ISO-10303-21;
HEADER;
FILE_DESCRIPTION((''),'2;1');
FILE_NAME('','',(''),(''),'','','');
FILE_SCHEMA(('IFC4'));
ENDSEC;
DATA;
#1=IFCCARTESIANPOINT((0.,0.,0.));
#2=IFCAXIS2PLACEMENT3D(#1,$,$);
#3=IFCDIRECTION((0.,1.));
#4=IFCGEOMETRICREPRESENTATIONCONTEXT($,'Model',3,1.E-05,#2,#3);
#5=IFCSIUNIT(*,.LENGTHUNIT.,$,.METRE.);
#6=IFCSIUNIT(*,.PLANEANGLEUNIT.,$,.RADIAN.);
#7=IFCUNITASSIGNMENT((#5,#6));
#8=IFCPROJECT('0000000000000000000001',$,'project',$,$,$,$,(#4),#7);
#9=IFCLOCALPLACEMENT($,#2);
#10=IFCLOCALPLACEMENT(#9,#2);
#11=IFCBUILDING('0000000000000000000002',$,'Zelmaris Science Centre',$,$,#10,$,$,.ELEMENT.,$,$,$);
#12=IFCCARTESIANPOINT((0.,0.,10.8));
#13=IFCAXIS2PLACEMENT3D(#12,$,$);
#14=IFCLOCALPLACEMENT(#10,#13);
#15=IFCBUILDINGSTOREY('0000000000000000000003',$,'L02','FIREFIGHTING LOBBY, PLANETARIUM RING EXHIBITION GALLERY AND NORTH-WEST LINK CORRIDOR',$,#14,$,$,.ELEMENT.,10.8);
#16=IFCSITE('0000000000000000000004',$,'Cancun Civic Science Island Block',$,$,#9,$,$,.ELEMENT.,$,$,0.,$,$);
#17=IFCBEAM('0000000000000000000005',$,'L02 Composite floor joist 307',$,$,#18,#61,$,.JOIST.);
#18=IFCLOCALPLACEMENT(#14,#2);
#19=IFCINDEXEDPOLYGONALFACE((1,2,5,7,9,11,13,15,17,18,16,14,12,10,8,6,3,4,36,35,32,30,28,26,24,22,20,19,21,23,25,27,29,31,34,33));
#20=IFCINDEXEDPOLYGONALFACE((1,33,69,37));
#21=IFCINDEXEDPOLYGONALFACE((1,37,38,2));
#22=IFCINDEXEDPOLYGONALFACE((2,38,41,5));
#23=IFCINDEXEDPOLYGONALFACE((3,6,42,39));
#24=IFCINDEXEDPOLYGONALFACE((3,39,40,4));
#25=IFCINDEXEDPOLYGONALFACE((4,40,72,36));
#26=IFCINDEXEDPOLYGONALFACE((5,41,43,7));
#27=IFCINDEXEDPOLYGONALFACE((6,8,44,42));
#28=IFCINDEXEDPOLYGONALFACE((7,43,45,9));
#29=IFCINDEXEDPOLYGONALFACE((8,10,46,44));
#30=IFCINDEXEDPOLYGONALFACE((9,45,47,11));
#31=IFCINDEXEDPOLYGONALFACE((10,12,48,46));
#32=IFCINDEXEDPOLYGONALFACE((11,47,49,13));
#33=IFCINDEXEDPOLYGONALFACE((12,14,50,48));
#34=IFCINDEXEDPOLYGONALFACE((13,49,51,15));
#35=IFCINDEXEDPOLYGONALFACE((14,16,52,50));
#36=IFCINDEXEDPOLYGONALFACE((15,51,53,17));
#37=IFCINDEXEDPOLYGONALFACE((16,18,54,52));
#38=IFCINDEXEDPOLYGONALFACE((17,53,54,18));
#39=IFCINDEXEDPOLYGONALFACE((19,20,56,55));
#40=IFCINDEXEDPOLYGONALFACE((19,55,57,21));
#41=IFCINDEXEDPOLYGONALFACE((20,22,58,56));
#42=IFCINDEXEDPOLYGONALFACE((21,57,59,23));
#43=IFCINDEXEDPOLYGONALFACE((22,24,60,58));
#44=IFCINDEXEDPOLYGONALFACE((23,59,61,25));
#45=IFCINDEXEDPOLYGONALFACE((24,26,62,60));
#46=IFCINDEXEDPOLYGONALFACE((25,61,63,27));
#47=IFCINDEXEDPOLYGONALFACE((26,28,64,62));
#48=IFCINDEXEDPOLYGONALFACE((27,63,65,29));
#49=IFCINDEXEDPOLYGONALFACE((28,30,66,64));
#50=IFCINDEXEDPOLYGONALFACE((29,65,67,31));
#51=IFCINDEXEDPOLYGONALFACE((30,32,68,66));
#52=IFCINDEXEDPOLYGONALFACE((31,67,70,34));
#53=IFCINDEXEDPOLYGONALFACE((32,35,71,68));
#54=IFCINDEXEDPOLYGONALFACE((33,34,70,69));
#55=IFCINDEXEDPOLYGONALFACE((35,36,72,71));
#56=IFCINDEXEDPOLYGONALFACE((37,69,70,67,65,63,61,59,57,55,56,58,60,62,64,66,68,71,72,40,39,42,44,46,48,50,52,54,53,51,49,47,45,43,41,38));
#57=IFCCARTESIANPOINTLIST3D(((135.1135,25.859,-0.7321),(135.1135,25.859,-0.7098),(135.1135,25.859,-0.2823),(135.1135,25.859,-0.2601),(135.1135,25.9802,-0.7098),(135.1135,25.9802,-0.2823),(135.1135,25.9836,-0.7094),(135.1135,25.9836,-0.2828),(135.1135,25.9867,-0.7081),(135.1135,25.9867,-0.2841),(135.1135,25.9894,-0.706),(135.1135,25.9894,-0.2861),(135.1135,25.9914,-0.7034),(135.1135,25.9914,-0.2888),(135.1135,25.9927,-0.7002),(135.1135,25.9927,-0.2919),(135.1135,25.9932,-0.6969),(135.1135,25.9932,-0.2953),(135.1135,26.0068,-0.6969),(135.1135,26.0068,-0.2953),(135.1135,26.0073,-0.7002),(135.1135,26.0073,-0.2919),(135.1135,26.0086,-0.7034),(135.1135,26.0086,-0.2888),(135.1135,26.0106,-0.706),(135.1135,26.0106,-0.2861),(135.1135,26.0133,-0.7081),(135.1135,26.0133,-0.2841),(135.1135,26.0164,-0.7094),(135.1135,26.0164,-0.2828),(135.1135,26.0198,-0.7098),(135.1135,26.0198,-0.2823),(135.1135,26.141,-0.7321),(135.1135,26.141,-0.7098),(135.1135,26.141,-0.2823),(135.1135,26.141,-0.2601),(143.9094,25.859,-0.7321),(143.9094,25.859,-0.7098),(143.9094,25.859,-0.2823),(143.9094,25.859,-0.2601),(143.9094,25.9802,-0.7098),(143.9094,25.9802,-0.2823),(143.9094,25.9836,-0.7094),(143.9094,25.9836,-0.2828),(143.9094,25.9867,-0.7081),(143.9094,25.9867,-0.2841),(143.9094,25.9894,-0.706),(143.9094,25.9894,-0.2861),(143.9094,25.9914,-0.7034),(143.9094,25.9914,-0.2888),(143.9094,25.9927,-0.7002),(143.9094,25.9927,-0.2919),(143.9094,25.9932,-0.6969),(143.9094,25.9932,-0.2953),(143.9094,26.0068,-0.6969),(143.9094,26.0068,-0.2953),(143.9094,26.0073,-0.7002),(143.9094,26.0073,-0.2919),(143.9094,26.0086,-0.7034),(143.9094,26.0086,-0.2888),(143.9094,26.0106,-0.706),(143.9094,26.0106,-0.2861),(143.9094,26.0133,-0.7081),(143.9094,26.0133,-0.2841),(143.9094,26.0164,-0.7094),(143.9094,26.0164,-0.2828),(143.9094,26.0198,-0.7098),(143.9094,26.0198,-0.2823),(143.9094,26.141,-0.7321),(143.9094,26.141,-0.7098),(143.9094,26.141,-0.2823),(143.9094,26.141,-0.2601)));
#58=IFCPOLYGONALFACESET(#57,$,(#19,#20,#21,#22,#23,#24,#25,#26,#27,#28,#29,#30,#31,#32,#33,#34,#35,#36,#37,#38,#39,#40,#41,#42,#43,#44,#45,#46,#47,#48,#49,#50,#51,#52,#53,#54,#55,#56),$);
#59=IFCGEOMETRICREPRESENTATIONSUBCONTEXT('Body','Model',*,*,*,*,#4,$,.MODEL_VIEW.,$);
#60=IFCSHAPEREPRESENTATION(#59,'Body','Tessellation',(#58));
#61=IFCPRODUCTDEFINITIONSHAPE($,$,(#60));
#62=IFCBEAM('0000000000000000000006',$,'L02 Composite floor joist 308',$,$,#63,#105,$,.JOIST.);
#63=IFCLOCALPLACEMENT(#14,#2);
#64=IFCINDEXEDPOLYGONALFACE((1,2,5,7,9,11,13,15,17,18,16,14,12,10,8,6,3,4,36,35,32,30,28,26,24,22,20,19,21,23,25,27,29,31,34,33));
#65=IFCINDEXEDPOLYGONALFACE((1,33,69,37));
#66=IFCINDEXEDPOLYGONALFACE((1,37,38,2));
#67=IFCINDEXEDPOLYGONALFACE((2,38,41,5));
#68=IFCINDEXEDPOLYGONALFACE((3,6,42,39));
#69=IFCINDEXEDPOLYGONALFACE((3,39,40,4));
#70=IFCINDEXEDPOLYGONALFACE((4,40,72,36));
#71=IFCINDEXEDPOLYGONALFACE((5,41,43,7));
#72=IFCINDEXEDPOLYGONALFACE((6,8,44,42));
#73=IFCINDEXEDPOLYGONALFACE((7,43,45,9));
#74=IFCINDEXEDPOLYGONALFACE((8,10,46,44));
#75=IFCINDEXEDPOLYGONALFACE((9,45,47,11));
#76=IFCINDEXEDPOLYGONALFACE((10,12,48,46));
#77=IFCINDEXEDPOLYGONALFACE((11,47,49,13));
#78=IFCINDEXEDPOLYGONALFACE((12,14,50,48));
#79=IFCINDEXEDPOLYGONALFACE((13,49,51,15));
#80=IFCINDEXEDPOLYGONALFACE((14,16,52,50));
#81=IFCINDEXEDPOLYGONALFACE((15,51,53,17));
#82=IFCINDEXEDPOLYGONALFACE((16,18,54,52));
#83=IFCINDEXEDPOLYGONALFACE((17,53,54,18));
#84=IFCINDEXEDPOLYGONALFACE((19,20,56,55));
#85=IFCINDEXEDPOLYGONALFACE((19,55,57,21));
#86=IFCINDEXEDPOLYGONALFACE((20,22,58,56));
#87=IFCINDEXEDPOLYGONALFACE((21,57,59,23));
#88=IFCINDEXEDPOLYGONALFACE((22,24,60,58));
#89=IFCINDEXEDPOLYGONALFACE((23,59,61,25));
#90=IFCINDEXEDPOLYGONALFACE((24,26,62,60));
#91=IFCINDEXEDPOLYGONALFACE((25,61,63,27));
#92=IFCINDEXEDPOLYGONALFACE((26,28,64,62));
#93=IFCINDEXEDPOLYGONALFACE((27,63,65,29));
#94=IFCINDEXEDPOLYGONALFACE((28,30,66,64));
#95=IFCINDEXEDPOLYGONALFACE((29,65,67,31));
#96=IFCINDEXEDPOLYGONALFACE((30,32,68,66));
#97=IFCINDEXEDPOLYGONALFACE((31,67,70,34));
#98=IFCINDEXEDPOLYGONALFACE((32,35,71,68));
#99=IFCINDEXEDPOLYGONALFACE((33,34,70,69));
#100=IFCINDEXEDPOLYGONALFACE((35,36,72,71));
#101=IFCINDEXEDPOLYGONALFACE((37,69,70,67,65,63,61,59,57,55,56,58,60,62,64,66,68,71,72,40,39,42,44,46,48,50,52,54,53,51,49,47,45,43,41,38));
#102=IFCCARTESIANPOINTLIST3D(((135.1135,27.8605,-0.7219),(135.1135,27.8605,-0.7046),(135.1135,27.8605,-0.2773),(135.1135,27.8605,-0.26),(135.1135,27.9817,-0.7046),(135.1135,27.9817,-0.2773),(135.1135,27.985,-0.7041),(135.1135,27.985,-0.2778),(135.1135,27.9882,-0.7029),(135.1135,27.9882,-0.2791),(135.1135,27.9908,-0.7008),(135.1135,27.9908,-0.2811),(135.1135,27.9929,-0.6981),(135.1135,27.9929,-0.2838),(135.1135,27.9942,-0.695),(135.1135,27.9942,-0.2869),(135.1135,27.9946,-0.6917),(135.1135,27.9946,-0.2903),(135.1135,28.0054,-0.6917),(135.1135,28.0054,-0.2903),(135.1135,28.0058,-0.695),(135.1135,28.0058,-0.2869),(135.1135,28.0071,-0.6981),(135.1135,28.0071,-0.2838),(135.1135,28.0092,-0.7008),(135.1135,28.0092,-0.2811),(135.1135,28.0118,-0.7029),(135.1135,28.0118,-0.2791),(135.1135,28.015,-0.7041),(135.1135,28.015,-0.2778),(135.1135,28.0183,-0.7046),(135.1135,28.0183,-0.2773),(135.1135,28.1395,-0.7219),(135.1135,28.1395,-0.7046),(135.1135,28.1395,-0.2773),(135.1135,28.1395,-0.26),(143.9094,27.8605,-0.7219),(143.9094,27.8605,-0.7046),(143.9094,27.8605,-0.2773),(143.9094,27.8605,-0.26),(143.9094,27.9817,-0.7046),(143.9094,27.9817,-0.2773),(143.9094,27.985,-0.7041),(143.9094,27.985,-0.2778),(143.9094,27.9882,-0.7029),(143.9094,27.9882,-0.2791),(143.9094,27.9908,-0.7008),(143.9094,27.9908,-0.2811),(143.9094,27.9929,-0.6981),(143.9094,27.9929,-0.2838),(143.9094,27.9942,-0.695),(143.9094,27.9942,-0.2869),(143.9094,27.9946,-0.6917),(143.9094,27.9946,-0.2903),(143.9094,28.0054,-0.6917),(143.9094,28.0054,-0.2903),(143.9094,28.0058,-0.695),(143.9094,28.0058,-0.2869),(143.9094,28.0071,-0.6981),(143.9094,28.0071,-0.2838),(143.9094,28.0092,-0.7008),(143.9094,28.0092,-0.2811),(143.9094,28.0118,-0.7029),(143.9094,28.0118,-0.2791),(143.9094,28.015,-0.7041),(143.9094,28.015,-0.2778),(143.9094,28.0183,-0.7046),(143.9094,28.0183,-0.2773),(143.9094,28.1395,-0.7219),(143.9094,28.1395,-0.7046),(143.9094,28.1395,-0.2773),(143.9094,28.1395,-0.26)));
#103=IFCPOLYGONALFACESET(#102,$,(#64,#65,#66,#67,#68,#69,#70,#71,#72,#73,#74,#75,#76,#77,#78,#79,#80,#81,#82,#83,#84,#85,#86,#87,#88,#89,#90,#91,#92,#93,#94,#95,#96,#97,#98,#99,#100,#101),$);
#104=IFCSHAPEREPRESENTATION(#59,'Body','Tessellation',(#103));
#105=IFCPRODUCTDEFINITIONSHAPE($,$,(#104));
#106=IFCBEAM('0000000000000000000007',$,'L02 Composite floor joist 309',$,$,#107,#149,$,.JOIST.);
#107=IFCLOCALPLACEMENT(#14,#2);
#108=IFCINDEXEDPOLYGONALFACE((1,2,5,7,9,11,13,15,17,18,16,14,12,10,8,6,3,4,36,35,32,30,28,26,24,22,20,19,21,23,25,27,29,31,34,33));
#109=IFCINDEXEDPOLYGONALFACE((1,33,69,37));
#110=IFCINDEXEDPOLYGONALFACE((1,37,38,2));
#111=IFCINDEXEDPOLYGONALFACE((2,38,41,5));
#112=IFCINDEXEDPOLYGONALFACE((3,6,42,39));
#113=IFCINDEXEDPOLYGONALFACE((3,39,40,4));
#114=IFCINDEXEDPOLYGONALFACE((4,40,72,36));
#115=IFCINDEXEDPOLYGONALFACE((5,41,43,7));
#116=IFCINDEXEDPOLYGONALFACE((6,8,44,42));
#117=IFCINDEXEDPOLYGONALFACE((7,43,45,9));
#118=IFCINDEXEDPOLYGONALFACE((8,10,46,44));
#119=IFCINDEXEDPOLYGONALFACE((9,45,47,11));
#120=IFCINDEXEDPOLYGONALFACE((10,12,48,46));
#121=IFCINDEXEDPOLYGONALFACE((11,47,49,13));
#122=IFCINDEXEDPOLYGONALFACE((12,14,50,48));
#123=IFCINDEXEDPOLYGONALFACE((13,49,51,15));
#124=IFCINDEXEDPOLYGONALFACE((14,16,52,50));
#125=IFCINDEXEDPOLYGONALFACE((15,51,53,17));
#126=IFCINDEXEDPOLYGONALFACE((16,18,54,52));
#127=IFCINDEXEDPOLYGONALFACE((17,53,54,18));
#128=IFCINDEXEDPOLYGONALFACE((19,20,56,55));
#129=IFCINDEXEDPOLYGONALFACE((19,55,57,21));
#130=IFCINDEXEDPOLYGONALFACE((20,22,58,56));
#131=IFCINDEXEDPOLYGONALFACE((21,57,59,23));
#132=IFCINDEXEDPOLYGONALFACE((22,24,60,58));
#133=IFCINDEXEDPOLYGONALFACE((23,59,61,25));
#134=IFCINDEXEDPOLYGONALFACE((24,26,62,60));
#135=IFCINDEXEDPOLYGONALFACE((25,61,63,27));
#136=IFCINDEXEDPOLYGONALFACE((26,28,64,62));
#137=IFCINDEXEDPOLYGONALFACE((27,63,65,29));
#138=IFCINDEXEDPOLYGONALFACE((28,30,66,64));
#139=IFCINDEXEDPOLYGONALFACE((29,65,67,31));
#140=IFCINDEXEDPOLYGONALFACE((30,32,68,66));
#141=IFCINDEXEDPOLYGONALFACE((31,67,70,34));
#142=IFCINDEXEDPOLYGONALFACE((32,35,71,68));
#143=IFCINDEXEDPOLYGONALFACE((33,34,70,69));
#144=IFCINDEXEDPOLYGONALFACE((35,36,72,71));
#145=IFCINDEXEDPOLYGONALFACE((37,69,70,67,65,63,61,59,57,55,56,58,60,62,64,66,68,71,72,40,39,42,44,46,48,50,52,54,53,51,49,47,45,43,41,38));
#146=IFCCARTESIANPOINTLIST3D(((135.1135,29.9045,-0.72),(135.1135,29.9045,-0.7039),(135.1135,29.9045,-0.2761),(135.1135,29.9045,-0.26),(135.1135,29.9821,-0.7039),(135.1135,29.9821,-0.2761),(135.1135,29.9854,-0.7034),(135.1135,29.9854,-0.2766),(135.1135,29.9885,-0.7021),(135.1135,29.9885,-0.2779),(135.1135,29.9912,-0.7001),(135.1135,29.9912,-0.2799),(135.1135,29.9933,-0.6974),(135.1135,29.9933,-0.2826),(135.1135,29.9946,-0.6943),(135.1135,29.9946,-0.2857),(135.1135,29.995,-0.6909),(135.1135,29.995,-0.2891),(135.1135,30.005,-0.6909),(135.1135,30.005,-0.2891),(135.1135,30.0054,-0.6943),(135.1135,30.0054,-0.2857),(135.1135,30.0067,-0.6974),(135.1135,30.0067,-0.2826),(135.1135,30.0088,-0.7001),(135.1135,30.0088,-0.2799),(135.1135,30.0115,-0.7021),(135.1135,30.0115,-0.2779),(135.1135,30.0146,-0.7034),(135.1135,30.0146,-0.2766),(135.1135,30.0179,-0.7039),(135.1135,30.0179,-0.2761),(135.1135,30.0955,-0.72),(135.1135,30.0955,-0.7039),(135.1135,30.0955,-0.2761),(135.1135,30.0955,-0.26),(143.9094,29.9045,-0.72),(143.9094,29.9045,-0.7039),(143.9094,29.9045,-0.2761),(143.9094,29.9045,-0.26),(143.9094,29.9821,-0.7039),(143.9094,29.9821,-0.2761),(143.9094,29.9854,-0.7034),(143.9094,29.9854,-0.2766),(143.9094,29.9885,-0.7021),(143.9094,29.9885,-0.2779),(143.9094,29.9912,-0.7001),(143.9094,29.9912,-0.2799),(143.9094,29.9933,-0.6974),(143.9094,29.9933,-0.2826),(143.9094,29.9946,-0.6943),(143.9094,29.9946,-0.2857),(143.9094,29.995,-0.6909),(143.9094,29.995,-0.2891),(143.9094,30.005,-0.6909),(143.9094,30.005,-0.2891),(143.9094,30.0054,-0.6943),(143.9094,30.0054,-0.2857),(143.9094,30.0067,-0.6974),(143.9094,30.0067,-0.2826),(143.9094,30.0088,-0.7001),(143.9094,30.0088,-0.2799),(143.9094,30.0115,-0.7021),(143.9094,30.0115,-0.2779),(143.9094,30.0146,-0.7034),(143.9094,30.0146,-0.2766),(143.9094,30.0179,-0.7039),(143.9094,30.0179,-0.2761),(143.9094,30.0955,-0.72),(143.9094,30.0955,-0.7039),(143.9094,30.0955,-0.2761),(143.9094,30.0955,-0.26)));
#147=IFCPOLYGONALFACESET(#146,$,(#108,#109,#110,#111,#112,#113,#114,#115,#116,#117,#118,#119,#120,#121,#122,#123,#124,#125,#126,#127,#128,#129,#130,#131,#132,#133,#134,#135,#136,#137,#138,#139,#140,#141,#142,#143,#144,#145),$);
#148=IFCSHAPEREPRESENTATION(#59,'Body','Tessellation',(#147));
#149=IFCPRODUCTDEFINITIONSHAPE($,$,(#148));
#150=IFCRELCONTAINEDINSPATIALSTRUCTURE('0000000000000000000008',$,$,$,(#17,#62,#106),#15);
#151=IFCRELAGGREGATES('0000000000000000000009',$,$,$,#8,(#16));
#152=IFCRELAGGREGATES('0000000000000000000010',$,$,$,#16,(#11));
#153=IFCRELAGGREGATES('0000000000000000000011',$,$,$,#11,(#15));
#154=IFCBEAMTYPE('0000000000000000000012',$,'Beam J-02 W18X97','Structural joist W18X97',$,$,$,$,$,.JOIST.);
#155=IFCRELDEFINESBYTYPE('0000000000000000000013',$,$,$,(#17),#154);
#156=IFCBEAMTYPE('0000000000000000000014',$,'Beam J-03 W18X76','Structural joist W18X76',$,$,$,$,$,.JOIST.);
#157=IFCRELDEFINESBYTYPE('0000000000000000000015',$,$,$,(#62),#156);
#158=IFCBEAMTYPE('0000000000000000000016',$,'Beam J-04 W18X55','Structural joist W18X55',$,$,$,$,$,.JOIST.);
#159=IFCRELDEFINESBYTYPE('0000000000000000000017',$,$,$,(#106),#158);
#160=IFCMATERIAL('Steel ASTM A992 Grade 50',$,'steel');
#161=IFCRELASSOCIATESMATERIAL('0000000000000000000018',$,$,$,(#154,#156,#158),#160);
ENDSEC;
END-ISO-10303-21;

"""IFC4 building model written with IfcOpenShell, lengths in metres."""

from ifc_helpers import new_model, si_unit, direction, frame, origin, origin_2d, place, context, subcontext, project, spatial, i_section, extrude, material, material_profile, profile_set, type_object, element, save


model = new_model("IFC4")

# Units and contexts
model_context = context("Model", 3, precision=1e-05, world=origin(), true_north=direction((0.0, 1.0)))
body_context = subcontext(model_context, "Body", "Model", "MODEL_VIEW")
ifc_project = project(units=[si_unit("LENGTHUNIT", "METRE"), si_unit("PLANEANGLEUNIT", "RADIAN")], contexts=[model_context])

# Site, building, storey
site_placement = place(None, origin())
site = spatial("IfcSite", under=ifc_project, at=site_placement, Name="Cancun Civic Science Island Block", CompositionType="ELEMENT", RefElevation=0.0)
building_placement = place(site_placement, origin())
building = spatial("IfcBuilding", under=site, at=building_placement, Name="Zelmaris Science Centre", CompositionType="ELEMENT")
storey_placement = place(building_placement, frame((0.0, 0.0, 10.8)))
storey = spatial("IfcBuildingStorey", under=building, at=storey_placement, Name="L02", Description="FIREFIGHTING LOBBY, PLANETARIUM RING EXHIBITION GALLERY AND NORTH-WEST LINK CORRIDOR", CompositionType="ELEMENT", Elevation=10.8)

# Shared definitions
ifc_material_1 = material(Name="Steel ASTM A992 Grade 50", Category="steel")

# Beams
ifc_material_profile_1 = material_profile(ifc_material_1, i_section(OverallWidth=0.282, OverallDepth=0.4719, WebThickness=0.0137, FlangeThickness=0.0222, FilletRadius=0.0129, at=origin_2d()), Name="W18X97")
ifc_profile_set_1 = profile_set([ifc_material_profile_1], Name="Steel ASTM A992 Grade 50")
beam_type_1 = type_object("IfcBeamType", Name="Beam J-02 W18X97", Description="Structural joist W18X97", PredefinedType="JOIST", material=ifc_profile_set_1)
beam_1_placement = place(storey_placement, frame((135.1135, 26.0, -0.4961), z_axis=(1.0, 0.0, 0.0), x_axis=(0.0, 1.0, 0.0)))
element("IfcBeam", 1, at=beam_1_placement, inside=storey, type_object=beam_type_1, Name="L02 Composite floor joist 307", PredefinedType="JOIST", context=body_context, shape_type="SweptSolid", body=[
    extrude(i_section(OverallWidth=0.282, OverallDepth=0.4719, WebThickness=0.0137, FlangeThickness=0.0222, FilletRadius=0.0129, at=origin_2d()), origin(), (0.0, 0.0, 1.0), 8.7959),
])
ifc_material_profile_2 = material_profile(ifc_material_1, i_section(OverallWidth=0.2791, OverallDepth=0.4619, WebThickness=0.0107, FlangeThickness=0.0173, FilletRadius=0.0129, at=origin_2d()), Name="W18X76")
ifc_profile_set_2 = profile_set([ifc_material_profile_2], Name="Steel ASTM A992 Grade 50")
beam_type_2 = type_object("IfcBeamType", Name="Beam J-03 W18X76", Description="Structural joist W18X76", PredefinedType="JOIST", material=ifc_profile_set_2)
beam_2_placement = place(storey_placement, frame((135.1135, 28.0, -0.491), z_axis=(1.0, 0.0, 0.0), x_axis=(0.0, 1.0, 0.0)))
element("IfcBeam", 2, at=beam_2_placement, inside=storey, type_object=beam_type_2, Name="L02 Composite floor joist 308", PredefinedType="JOIST", context=body_context, shape_type="SweptSolid", body=[
    extrude(i_section(OverallWidth=0.2791, OverallDepth=0.4619, WebThickness=0.0107, FlangeThickness=0.0173, FilletRadius=0.0129, at=origin_2d()), origin(), (0.0, 0.0, 1.0), 8.7959),
])
ifc_material_profile_3 = material_profile(ifc_material_1, i_section(OverallWidth=0.1909, OverallDepth=0.46, WebThickness=0.01, FlangeThickness=0.0161, FilletRadius=0.0129, at=origin_2d()), Name="W18X55")
ifc_profile_set_3 = profile_set([ifc_material_profile_3], Name="Steel ASTM A992 Grade 50")
beam_type_3 = type_object("IfcBeamType", Name="Beam J-04 W18X55", Description="Structural joist W18X55", PredefinedType="JOIST", material=ifc_profile_set_3)
beam_3_placement = place(storey_placement, frame((135.1135, 30.0, -0.49), z_axis=(1.0, 0.0, 0.0), x_axis=(0.0, 1.0, 0.0)))
element("IfcBeam", 3, at=beam_3_placement, inside=storey, type_object=beam_type_3, Name="L02 Composite floor joist 309", PredefinedType="JOIST", context=body_context, shape_type="SweptSolid", body=[
    extrude(i_section(OverallWidth=0.1909, OverallDepth=0.46, WebThickness=0.01, FlangeThickness=0.0161, FilletRadius=0.0129, at=origin_2d()), origin(), (0.0, 0.0, 1.0), 8.7959),
])

save(model, "model.ifc")
